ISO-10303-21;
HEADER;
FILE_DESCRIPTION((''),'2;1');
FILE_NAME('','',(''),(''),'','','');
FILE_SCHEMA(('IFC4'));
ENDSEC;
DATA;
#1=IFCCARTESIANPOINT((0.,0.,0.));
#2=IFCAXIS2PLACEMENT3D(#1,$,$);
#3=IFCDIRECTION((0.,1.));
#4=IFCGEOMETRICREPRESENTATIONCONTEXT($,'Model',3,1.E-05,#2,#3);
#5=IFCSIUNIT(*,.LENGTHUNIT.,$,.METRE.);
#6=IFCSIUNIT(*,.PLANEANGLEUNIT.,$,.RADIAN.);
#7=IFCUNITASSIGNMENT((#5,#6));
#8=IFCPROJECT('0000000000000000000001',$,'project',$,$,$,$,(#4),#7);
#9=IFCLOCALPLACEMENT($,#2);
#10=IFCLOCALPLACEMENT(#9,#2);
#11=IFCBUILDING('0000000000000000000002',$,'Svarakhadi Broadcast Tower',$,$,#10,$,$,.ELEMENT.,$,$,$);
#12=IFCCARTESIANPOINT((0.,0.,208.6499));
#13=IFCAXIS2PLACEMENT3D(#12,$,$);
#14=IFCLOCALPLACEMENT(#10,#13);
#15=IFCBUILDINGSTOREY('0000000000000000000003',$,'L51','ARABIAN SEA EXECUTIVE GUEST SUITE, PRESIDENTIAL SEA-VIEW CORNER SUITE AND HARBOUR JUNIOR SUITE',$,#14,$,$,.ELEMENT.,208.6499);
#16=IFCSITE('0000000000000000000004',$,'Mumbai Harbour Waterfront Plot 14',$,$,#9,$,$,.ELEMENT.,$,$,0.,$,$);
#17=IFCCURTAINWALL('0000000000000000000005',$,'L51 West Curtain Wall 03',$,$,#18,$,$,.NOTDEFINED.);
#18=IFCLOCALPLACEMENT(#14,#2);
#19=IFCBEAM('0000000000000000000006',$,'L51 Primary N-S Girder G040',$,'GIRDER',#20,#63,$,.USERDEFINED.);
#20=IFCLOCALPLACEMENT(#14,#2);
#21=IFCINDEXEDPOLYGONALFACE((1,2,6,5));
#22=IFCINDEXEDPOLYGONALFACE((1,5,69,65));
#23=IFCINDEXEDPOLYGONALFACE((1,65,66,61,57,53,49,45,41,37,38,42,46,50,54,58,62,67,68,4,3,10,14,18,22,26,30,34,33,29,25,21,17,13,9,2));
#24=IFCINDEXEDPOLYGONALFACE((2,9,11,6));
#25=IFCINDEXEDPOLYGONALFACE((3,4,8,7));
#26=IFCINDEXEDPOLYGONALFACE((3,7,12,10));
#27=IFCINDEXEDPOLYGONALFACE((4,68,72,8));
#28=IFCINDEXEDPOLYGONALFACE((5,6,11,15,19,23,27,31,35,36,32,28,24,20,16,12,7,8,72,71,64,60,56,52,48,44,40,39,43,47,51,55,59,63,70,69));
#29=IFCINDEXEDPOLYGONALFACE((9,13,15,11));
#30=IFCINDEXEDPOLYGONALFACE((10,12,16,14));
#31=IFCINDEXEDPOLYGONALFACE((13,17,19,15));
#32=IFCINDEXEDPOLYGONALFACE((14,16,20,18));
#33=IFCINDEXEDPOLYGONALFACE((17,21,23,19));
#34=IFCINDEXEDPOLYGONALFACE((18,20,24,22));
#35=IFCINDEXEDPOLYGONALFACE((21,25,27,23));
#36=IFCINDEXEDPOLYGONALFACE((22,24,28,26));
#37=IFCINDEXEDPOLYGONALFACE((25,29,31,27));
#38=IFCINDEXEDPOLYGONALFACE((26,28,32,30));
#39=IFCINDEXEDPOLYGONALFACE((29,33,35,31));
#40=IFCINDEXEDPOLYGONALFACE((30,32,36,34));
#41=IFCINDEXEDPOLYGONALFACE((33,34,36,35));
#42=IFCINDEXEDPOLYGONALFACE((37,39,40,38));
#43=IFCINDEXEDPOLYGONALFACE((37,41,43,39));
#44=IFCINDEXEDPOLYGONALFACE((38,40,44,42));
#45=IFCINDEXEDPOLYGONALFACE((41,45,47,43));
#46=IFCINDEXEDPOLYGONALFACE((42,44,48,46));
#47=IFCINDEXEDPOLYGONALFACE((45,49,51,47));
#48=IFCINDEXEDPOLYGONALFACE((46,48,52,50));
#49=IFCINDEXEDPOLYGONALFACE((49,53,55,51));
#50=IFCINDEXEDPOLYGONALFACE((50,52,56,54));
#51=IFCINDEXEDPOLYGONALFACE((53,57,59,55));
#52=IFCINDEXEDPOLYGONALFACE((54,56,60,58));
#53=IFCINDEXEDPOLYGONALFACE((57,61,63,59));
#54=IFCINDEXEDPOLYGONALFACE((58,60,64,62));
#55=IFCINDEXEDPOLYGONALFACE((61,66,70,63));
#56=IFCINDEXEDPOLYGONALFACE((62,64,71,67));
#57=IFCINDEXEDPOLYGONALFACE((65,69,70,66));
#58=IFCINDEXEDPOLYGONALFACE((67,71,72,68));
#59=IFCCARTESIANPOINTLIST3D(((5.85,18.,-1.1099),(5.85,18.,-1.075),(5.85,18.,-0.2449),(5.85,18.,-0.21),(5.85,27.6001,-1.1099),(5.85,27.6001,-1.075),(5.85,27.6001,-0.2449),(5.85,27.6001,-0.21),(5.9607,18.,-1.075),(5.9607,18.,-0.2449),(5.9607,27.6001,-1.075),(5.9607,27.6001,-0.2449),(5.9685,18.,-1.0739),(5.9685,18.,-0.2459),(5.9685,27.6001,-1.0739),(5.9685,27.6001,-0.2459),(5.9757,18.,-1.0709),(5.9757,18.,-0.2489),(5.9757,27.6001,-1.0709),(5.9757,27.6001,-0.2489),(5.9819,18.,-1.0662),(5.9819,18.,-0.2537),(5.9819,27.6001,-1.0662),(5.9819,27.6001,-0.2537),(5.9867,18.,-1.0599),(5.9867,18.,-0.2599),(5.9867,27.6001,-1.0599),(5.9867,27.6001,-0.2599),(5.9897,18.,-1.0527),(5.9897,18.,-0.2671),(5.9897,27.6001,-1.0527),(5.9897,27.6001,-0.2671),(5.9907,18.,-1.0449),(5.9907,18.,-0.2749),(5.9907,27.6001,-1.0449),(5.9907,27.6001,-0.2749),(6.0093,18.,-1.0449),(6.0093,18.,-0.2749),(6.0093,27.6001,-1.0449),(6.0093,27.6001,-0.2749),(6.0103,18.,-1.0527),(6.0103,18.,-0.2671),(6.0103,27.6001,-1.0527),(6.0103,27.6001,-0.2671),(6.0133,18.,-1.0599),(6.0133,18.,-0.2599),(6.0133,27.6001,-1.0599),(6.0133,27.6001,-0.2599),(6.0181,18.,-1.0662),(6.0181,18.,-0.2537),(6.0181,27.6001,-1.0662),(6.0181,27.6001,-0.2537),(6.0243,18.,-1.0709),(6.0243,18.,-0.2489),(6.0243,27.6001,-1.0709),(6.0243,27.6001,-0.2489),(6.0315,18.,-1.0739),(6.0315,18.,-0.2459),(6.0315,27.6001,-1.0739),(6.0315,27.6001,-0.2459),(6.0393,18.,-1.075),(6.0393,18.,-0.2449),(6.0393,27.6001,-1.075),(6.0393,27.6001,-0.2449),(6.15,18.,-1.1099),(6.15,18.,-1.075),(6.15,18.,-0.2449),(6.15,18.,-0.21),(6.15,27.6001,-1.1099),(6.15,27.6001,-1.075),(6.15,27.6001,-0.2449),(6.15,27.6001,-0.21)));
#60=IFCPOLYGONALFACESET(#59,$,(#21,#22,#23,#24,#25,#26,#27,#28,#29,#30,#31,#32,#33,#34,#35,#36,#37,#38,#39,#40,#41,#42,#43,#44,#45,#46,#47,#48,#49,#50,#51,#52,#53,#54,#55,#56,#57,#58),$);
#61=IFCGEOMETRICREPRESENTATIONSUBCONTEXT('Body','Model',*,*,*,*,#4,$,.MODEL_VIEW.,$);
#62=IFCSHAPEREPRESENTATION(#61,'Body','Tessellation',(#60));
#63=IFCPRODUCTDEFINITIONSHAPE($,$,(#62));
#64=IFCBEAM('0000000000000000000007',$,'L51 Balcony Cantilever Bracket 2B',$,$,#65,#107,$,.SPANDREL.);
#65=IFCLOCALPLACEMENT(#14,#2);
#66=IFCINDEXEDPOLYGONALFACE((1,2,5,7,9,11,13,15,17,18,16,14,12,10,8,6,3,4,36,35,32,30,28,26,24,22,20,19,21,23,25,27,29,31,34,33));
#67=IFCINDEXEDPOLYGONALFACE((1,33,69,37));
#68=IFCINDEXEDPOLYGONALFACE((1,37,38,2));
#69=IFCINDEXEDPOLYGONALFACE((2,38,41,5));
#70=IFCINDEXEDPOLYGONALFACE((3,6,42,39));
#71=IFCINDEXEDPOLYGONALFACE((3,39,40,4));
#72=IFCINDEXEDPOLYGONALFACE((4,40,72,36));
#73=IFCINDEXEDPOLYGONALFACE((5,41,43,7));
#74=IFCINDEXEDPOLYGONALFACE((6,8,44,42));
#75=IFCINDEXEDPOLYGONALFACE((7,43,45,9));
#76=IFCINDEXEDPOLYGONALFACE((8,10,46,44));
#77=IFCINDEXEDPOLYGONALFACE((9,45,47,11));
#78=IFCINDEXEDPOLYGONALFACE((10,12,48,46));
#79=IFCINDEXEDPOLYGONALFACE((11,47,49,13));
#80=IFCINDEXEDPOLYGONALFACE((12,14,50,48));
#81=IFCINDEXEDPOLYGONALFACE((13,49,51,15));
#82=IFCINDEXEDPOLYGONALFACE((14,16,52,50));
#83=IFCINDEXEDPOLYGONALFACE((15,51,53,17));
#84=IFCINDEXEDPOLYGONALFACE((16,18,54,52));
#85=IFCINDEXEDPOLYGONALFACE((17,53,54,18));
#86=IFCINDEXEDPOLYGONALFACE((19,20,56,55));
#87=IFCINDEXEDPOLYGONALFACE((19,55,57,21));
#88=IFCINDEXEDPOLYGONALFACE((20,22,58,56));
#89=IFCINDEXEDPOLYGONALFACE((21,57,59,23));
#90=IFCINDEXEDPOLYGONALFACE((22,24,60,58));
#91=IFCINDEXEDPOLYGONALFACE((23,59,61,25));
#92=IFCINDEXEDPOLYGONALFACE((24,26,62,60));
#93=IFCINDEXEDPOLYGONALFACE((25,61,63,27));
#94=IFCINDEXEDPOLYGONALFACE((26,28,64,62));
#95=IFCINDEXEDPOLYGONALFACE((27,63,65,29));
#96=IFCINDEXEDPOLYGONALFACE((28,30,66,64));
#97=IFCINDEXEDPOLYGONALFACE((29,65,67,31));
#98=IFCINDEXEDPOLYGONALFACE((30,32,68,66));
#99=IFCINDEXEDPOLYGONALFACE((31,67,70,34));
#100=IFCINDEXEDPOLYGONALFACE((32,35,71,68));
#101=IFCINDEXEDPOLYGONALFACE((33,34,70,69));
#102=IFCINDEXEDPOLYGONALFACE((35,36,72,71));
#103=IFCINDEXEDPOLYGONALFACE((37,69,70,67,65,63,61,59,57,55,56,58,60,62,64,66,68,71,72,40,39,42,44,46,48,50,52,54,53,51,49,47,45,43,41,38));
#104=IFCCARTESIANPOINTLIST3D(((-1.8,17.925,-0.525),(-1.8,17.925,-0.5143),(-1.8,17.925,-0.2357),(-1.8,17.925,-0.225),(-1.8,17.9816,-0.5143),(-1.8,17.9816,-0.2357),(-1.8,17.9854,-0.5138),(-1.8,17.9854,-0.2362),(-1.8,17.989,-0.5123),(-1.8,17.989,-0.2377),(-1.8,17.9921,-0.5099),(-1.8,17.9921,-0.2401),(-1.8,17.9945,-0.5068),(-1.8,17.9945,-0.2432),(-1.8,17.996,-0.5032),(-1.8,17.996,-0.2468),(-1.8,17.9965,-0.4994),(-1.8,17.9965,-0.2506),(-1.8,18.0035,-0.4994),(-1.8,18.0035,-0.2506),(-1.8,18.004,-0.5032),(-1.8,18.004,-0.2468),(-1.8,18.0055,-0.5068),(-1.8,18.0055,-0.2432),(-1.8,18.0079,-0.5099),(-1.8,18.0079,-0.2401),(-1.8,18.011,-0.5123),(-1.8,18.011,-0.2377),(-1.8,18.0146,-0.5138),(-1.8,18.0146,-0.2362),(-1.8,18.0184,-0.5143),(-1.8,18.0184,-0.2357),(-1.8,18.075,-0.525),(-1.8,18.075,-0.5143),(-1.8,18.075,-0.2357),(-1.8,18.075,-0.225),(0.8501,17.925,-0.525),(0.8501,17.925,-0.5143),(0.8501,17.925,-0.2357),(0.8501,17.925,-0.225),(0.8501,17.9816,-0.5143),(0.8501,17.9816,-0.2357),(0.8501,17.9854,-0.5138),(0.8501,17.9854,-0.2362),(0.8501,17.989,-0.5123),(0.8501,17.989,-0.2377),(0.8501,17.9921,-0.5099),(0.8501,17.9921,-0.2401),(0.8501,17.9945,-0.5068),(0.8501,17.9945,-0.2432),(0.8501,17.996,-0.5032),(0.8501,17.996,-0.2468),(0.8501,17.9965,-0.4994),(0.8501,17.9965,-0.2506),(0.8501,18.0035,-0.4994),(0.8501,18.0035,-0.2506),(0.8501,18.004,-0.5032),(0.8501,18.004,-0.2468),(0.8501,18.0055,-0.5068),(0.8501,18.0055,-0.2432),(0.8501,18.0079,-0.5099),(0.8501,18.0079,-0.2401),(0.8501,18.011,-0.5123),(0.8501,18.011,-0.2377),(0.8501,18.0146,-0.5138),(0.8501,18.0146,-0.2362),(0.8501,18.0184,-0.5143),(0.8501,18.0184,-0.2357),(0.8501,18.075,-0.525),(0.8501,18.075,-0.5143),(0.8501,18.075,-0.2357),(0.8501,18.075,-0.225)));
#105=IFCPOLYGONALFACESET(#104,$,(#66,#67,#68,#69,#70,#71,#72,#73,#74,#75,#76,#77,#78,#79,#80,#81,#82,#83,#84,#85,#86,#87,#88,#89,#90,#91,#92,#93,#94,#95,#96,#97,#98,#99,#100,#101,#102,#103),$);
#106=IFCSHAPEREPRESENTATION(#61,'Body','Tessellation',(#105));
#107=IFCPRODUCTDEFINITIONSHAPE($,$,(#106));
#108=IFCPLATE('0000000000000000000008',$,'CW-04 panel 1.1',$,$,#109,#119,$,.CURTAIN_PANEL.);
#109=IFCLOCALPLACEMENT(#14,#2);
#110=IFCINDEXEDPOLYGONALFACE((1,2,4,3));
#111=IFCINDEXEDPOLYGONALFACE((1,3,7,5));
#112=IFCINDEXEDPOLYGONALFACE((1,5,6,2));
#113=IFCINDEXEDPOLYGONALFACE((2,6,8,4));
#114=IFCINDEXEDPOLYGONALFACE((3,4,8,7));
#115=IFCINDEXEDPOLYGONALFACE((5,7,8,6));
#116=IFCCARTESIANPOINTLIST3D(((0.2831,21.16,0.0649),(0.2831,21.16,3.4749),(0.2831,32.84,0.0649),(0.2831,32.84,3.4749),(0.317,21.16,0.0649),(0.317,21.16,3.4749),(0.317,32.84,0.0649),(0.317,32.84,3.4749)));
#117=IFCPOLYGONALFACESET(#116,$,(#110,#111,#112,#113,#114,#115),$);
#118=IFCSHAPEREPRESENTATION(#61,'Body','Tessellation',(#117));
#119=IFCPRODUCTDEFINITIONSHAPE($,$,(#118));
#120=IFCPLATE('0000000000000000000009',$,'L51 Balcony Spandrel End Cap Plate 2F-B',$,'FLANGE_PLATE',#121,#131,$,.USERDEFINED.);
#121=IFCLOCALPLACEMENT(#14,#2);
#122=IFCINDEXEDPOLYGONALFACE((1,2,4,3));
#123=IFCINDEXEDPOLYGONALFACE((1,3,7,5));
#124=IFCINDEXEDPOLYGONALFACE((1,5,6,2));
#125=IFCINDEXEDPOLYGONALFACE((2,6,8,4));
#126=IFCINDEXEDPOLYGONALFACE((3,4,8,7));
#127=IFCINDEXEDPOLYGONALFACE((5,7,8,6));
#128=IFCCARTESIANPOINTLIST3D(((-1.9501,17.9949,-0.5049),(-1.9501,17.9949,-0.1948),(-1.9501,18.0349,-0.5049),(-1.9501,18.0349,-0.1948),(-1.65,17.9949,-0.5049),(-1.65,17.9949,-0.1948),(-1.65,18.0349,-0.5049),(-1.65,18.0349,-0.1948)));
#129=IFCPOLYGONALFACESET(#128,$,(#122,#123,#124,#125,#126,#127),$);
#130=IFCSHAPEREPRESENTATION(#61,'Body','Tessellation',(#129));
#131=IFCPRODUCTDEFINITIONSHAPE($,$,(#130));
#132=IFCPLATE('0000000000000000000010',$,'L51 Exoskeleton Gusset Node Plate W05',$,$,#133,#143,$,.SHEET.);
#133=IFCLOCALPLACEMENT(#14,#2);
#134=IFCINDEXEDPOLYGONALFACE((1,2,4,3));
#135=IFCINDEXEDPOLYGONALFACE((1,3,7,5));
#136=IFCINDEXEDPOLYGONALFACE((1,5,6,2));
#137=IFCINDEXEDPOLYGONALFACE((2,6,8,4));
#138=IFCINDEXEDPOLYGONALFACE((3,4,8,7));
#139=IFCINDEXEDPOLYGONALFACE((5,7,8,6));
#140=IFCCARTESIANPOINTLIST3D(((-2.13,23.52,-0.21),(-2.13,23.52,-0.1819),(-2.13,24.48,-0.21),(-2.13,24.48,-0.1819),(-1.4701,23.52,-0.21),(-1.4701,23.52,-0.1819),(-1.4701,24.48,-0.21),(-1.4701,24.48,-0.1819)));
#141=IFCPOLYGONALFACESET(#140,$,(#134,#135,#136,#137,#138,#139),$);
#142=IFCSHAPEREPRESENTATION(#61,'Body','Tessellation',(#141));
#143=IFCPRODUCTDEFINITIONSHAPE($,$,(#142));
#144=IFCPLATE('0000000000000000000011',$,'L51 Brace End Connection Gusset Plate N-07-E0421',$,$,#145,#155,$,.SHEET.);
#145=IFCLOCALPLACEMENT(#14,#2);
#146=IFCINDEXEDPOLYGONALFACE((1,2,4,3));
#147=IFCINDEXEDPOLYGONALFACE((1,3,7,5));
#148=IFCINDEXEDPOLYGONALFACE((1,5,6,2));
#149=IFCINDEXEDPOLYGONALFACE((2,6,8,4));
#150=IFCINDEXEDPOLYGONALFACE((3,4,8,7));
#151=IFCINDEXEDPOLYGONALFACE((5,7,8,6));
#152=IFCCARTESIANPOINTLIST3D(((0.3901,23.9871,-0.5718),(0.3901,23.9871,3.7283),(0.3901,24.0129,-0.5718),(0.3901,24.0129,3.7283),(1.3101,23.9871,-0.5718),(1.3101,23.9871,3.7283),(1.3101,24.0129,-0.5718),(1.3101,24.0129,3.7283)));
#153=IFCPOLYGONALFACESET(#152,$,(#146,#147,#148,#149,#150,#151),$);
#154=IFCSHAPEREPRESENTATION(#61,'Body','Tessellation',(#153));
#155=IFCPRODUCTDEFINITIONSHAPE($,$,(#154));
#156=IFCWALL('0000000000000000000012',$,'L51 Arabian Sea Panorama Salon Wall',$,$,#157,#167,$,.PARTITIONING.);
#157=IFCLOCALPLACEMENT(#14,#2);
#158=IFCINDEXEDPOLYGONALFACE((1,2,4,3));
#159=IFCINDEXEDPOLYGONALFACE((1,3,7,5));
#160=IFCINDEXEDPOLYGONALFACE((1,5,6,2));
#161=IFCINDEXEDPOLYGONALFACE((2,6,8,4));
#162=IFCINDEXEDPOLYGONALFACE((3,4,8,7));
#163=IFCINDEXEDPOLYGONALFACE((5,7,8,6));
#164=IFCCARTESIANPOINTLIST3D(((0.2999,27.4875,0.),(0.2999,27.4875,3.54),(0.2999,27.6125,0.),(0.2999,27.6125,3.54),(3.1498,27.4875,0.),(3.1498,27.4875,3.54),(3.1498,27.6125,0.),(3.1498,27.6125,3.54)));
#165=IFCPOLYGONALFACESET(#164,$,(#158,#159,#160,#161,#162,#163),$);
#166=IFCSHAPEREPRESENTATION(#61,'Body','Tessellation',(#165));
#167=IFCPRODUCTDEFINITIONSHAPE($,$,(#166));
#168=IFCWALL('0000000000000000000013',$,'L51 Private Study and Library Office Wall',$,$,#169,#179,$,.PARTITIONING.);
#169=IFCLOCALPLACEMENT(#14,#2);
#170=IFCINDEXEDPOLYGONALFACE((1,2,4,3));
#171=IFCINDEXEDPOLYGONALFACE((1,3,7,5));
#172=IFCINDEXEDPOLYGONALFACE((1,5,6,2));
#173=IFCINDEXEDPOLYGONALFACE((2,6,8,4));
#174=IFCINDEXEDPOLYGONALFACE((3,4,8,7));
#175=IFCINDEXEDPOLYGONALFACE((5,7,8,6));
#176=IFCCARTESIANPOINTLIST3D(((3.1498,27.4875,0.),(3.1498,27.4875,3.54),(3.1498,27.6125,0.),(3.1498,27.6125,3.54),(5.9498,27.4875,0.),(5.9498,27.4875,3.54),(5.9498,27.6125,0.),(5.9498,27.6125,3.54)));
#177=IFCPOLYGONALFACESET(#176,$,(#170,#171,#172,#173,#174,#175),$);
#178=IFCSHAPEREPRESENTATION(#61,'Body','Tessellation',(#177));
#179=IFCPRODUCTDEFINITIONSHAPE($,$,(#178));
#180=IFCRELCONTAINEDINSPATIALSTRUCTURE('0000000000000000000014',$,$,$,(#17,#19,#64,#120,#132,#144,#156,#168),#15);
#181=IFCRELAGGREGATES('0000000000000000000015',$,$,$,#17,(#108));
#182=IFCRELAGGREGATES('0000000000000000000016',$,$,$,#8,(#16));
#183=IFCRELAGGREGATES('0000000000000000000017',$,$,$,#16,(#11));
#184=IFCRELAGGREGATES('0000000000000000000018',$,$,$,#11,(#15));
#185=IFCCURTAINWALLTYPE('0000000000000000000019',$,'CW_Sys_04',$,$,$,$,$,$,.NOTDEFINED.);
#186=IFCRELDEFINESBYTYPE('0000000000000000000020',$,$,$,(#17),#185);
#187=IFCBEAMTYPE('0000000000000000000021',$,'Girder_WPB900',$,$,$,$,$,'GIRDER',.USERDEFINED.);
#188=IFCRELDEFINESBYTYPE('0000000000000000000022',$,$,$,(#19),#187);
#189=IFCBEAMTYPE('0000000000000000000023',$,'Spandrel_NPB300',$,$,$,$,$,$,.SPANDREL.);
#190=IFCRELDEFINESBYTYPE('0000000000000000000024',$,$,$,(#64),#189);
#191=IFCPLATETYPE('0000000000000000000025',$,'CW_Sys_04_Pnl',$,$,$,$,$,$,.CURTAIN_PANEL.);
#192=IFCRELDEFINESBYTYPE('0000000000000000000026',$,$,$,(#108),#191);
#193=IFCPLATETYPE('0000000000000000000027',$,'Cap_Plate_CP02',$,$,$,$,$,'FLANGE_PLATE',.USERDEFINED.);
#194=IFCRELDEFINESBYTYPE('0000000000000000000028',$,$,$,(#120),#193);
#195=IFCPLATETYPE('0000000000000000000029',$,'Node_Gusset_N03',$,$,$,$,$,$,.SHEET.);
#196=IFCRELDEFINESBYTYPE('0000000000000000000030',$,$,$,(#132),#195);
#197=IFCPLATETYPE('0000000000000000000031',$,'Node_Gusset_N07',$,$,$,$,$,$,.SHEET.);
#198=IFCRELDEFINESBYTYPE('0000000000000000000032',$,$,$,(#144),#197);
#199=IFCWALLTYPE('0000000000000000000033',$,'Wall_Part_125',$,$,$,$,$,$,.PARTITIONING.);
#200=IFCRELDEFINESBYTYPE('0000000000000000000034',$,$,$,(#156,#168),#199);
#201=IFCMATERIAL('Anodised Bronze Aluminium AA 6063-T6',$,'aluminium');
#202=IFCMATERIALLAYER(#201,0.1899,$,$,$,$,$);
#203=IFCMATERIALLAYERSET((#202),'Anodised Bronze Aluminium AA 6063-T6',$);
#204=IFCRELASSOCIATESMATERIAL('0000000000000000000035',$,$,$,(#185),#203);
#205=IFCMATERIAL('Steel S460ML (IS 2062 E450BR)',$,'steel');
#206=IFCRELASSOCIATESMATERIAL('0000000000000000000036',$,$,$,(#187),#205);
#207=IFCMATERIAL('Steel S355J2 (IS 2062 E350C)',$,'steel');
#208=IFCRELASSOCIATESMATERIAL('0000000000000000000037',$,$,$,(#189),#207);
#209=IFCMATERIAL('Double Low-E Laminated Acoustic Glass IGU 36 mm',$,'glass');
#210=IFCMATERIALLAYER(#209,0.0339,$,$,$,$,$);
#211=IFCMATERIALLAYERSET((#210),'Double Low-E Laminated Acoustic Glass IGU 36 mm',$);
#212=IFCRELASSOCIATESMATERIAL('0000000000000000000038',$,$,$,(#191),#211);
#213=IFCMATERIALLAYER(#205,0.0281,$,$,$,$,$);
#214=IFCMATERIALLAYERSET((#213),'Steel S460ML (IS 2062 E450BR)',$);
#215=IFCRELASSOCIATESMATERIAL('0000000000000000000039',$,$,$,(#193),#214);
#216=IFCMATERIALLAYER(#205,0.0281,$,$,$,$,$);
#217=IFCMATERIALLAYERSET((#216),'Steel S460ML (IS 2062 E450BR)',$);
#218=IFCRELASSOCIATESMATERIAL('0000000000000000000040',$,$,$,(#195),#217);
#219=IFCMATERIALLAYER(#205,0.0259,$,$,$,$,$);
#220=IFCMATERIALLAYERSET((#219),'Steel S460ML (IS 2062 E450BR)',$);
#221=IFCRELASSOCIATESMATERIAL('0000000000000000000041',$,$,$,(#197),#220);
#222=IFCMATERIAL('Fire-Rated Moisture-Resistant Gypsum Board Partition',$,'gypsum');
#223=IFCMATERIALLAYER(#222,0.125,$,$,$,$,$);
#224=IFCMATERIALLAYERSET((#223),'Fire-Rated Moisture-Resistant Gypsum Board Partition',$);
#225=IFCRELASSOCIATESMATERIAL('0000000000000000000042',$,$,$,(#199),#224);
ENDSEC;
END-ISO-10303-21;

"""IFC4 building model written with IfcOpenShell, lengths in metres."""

from ifc_helpers import new_model, si_unit, direction, frame, frame_2d, origin, origin_2d, place, context, subcontext, project, spatial, rectangle, i_section, extrude, material, layer, layer_set, material_profile, profile_set, type_object, element, aggregate, save


model = new_model("IFC4")

# Units and contexts
model_context = context("Model", 3, precision=1e-05, world=origin(), true_north=direction((0.0, 1.0)))
body_context = subcontext(model_context, "Body", "Model", "MODEL_VIEW")
ifc_project = project(units=[si_unit("LENGTHUNIT", "METRE"), si_unit("PLANEANGLEUNIT", "RADIAN")], contexts=[model_context])

# Site, building, storey
site_placement = place(None, origin())
site = spatial("IfcSite", under=ifc_project, at=site_placement, Name="Mumbai Harbour Waterfront Plot 14", CompositionType="ELEMENT", RefElevation=0.0)
building_placement = place(site_placement, origin())
building = spatial("IfcBuilding", under=site, at=building_placement, Name="Svarakhadi Broadcast Tower", CompositionType="ELEMENT")
storey_placement = place(building_placement, frame((0.0, 0.0, 208.6499)))
storey = spatial("IfcBuildingStorey", under=building, at=storey_placement, Name="L51", Description="ARABIAN SEA EXECUTIVE GUEST SUITE, PRESIDENTIAL SEA-VIEW CORNER SUITE AND HARBOUR JUNIOR SUITE", CompositionType="ELEMENT", Elevation=208.6499)

# Shared definitions
ifc_material_1 = material(Name="Steel S460ML (IS 2062 E450BR)", Category="steel")

# Shared definitions
ifc_material_2 = material(Name="Steel S355J2 (IS 2062 E350C)", Category="steel")

# Curtain wall
ifc_material_3 = material(Name="Anodised Bronze Aluminium AA 6063-T6", Category="aluminium")
ifc_layer_1 = layer(ifc_material_3, 0.1899)
ifc_layer_set_1 = layer_set([ifc_layer_1], Name="Anodised Bronze Aluminium AA 6063-T6")
curtain_wall_type = type_object("IfcCurtainWallType", Name="CW_Sys_04", PredefinedType="NOTDEFINED", material=ifc_layer_set_1)
curtain_wall_placement = place(storey_placement, origin())
curtain_wall = element("IfcCurtainWall", 1, at=curtain_wall_placement, inside=storey, type_object=curtain_wall_type, Name="L51 West Curtain Wall 03", PredefinedType="NOTDEFINED")

# Beams
ifc_material_profile_1 = material_profile(ifc_material_1, i_section(OverallWidth=0.3, OverallDepth=0.8999, WebThickness=0.0186, FlangeThickness=0.0349, FilletRadius=0.03, at=origin_2d()), Name="WPB 900x300x291")
ifc_profile_set_1 = profile_set([ifc_material_profile_1], Name="Steel S460ML (IS 2062 E450BR)")
beam_type_1 = type_object("IfcBeamType", Name="Girder_WPB900", ElementType="GIRDER", PredefinedType="USERDEFINED", material=ifc_profile_set_1)
beam_1_placement = place(storey_placement, frame((6.0, 18.0, -0.6599), z_axis=(0.0, 1.0, 0.0), x_axis=(-1.0, 0.0, 0.0)))
element("IfcBeam", 2, at=beam_1_placement, inside=storey, type_object=beam_type_1, Name="L51 Primary N-S Girder G040", ObjectType="GIRDER", PredefinedType="USERDEFINED", context=body_context, shape_type="SweptSolid", body=[
    extrude(i_section(OverallWidth=0.3, OverallDepth=0.8999, WebThickness=0.0186, FlangeThickness=0.0349, FilletRadius=0.03, at=origin_2d()), origin(), (0.0, 0.0, 1.0), 9.6001),
])
ifc_material_profile_2 = material_profile(ifc_material_2, i_section(OverallWidth=0.1499, OverallDepth=0.3, WebThickness=0.0071, FlangeThickness=0.0107, FilletRadius=0.0149, at=origin_2d()), Name="NPB 300x150x37")
ifc_profile_set_2 = profile_set([ifc_material_profile_2], Name="Steel S355J2 (IS 2062 E350C)")
beam_type_2 = type_object("IfcBeamType", Name="Spandrel_NPB300", PredefinedType="SPANDREL", material=ifc_profile_set_2)
beam_2_placement = place(storey_placement, frame((0.8501, 18.0, -0.375), z_axis=(-1.0, 0.0, 0.0), x_axis=(0.0, -1.0, 0.0)))
element("IfcBeam", 3, at=beam_2_placement, inside=storey, type_object=beam_type_2, Name="L51 Balcony Cantilever Bracket 2B", PredefinedType="SPANDREL", context=body_context, shape_type="SweptSolid", body=[
    extrude(i_section(OverallWidth=0.1499, OverallDepth=0.3, WebThickness=0.0071, FlangeThickness=0.0107, FilletRadius=0.0149, at=origin_2d()), origin(), (0.0, 0.0, 1.0), 2.6501),
])

# Plate
ifc_material_4 = material(Name="Double Low-E Laminated Acoustic Glass IGU 36 mm", Category="glass")
ifc_layer_2 = layer(ifc_material_4, 0.0339)
ifc_layer_set_2 = layer_set([ifc_layer_2], Name="Double Low-E Laminated Acoustic Glass IGU 36 mm")
plate_type_1 = type_object("IfcPlateType", Name="CW_Sys_04_Pnl", PredefinedType="CURTAIN_PANEL", material=ifc_layer_set_2)
plate_1_placement = place(storey_placement, frame((0.3, 27.0, 0.0649), z_axis=(0.0, 0.0, 1.0), x_axis=(0.0, 1.0, 0.0)))
plate_1 = element("IfcPlate", 4, at=plate_1_placement, type_object=plate_type_1, Name="CW-04 panel 1.1", PredefinedType="CURTAIN_PANEL", context=body_context, shape_type="SweptSolid", body=[
    extrude(rectangle(XDim=11.6799, YDim=0.0339, at=origin_2d()), origin(), (0.0, 0.0, 1.0), 3.4099),
])
aggregate(curtain_wall, [plate_1])

# Plates
ifc_layer_3 = layer(ifc_material_1, 0.0281)
ifc_layer_set_3 = layer_set([ifc_layer_3], Name="Steel S460ML (IS 2062 E450BR)")
plate_type_2 = type_object("IfcPlateType", Name="Cap_Plate_CP02", ElementType="FLANGE_PLATE", PredefinedType="USERDEFINED", material=ifc_layer_set_3)
plate_2_placement = place(storey_placement, frame((-1.8, 18.0149, -0.5049), z_axis=(0.0, 0.0, 1.0), x_axis=(1.0, 0.0, 0.0)))
element("IfcPlate", 5, at=plate_2_placement, inside=storey, type_object=plate_type_2, Name="L51 Balcony Spandrel End Cap Plate 2F-B", ObjectType="FLANGE_PLATE", PredefinedType="USERDEFINED", context=body_context, shape_type="SweptSolid", body=[
    extrude(rectangle(XDim=0.3, YDim=0.04, at=origin_2d()), origin(), (0.0, 0.0, 1.0), 0.3101),
])
ifc_layer_4 = layer(ifc_material_1, 0.0281)
ifc_layer_set_4 = layer_set([ifc_layer_4], Name="Steel S460ML (IS 2062 E450BR)")
plate_type_3 = type_object("IfcPlateType", Name="Node_Gusset_N03", PredefinedType="SHEET", material=ifc_layer_set_4)
plate_3_placement = place(storey_placement, frame((-1.8, 24.0, -0.21), z_axis=(0.0, 0.0, 1.0), x_axis=(0.0, 1.0, 0.0)))
element("IfcPlate", 6, at=plate_3_placement, inside=storey, type_object=plate_type_3, Name="L51 Exoskeleton Gusset Node Plate W05", PredefinedType="SHEET", context=body_context, shape_type="SweptSolid", body=[
    extrude(rectangle(XDim=0.96, YDim=0.6599, at=origin_2d()), origin(), (0.0, 0.0, 1.0), 0.0281),
])
ifc_layer_5 = layer(ifc_material_1, 0.0259)
ifc_layer_set_5 = layer_set([ifc_layer_5], Name="Steel S460ML (IS 2062 E450BR)")
plate_type_4 = type_object("IfcPlateType", Name="Node_Gusset_N07", PredefinedType="SHEET", material=ifc_layer_set_5)
plate_4_placement = place(storey_placement, frame((0.8501, 24.0, -0.5718), z_axis=(0.0, 0.0, 1.0), x_axis=(1.0, 0.0, 0.0)))
element("IfcPlate", 7, at=plate_4_placement, inside=storey, type_object=plate_type_4, Name="L51 Brace End Connection Gusset Plate N-07-E0421", PredefinedType="SHEET", context=body_context, shape_type="SweptSolid", body=[
    extrude(rectangle(XDim=0.9199, YDim=0.0259, at=origin_2d()), origin(), (0.0, 0.0, 1.0), 4.3),
])

# Walls
ifc_material_5 = material(Name="Fire-Rated Moisture-Resistant Gypsum Board Partition", Category="gypsum")
ifc_layer_6 = layer(ifc_material_5, 0.125)
ifc_layer_set_6 = layer_set([ifc_layer_6], Name="Fire-Rated Moisture-Resistant Gypsum Board Partition")
wall_type_1 = type_object("IfcWallType", Name="Wall_Part_125", PredefinedType="PARTITIONING", material=ifc_layer_set_6)
wall_1_placement = place(storey_placement, frame((0.3, 27.55, 0.0), z_axis=(0.0, 0.0, 1.0), x_axis=(1.0, 0.0, 0.0)))
element("IfcWall", 8, at=wall_1_placement, inside=storey, type_object=wall_type_1, Name="L51 Arabian Sea Panorama Salon Wall", PredefinedType="PARTITIONING", context=body_context, shape_type="SweptSolid", body=[
    extrude(rectangle(XDim=2.8499, YDim=0.125, at=frame_2d((1.4248, 0.0))), origin(), (0.0, 0.0, 1.0), 3.54),
])
wall_2_placement = place(storey_placement, frame((3.1499, 27.55, 0.0), z_axis=(0.0, 0.0, 1.0), x_axis=(1.0, 0.0, 0.0)))
element("IfcWall", 9, at=wall_2_placement, inside=storey, type_object=wall_type_1, Name="L51 Private Study and Library Office Wall", PredefinedType="PARTITIONING", context=body_context, shape_type="SweptSolid", body=[
    extrude(rectangle(XDim=2.8, YDim=0.125, at=frame_2d((1.3999, 0.0))), origin(), (0.0, 0.0, 1.0), 3.54),
])

save(model, "model.ifc")
